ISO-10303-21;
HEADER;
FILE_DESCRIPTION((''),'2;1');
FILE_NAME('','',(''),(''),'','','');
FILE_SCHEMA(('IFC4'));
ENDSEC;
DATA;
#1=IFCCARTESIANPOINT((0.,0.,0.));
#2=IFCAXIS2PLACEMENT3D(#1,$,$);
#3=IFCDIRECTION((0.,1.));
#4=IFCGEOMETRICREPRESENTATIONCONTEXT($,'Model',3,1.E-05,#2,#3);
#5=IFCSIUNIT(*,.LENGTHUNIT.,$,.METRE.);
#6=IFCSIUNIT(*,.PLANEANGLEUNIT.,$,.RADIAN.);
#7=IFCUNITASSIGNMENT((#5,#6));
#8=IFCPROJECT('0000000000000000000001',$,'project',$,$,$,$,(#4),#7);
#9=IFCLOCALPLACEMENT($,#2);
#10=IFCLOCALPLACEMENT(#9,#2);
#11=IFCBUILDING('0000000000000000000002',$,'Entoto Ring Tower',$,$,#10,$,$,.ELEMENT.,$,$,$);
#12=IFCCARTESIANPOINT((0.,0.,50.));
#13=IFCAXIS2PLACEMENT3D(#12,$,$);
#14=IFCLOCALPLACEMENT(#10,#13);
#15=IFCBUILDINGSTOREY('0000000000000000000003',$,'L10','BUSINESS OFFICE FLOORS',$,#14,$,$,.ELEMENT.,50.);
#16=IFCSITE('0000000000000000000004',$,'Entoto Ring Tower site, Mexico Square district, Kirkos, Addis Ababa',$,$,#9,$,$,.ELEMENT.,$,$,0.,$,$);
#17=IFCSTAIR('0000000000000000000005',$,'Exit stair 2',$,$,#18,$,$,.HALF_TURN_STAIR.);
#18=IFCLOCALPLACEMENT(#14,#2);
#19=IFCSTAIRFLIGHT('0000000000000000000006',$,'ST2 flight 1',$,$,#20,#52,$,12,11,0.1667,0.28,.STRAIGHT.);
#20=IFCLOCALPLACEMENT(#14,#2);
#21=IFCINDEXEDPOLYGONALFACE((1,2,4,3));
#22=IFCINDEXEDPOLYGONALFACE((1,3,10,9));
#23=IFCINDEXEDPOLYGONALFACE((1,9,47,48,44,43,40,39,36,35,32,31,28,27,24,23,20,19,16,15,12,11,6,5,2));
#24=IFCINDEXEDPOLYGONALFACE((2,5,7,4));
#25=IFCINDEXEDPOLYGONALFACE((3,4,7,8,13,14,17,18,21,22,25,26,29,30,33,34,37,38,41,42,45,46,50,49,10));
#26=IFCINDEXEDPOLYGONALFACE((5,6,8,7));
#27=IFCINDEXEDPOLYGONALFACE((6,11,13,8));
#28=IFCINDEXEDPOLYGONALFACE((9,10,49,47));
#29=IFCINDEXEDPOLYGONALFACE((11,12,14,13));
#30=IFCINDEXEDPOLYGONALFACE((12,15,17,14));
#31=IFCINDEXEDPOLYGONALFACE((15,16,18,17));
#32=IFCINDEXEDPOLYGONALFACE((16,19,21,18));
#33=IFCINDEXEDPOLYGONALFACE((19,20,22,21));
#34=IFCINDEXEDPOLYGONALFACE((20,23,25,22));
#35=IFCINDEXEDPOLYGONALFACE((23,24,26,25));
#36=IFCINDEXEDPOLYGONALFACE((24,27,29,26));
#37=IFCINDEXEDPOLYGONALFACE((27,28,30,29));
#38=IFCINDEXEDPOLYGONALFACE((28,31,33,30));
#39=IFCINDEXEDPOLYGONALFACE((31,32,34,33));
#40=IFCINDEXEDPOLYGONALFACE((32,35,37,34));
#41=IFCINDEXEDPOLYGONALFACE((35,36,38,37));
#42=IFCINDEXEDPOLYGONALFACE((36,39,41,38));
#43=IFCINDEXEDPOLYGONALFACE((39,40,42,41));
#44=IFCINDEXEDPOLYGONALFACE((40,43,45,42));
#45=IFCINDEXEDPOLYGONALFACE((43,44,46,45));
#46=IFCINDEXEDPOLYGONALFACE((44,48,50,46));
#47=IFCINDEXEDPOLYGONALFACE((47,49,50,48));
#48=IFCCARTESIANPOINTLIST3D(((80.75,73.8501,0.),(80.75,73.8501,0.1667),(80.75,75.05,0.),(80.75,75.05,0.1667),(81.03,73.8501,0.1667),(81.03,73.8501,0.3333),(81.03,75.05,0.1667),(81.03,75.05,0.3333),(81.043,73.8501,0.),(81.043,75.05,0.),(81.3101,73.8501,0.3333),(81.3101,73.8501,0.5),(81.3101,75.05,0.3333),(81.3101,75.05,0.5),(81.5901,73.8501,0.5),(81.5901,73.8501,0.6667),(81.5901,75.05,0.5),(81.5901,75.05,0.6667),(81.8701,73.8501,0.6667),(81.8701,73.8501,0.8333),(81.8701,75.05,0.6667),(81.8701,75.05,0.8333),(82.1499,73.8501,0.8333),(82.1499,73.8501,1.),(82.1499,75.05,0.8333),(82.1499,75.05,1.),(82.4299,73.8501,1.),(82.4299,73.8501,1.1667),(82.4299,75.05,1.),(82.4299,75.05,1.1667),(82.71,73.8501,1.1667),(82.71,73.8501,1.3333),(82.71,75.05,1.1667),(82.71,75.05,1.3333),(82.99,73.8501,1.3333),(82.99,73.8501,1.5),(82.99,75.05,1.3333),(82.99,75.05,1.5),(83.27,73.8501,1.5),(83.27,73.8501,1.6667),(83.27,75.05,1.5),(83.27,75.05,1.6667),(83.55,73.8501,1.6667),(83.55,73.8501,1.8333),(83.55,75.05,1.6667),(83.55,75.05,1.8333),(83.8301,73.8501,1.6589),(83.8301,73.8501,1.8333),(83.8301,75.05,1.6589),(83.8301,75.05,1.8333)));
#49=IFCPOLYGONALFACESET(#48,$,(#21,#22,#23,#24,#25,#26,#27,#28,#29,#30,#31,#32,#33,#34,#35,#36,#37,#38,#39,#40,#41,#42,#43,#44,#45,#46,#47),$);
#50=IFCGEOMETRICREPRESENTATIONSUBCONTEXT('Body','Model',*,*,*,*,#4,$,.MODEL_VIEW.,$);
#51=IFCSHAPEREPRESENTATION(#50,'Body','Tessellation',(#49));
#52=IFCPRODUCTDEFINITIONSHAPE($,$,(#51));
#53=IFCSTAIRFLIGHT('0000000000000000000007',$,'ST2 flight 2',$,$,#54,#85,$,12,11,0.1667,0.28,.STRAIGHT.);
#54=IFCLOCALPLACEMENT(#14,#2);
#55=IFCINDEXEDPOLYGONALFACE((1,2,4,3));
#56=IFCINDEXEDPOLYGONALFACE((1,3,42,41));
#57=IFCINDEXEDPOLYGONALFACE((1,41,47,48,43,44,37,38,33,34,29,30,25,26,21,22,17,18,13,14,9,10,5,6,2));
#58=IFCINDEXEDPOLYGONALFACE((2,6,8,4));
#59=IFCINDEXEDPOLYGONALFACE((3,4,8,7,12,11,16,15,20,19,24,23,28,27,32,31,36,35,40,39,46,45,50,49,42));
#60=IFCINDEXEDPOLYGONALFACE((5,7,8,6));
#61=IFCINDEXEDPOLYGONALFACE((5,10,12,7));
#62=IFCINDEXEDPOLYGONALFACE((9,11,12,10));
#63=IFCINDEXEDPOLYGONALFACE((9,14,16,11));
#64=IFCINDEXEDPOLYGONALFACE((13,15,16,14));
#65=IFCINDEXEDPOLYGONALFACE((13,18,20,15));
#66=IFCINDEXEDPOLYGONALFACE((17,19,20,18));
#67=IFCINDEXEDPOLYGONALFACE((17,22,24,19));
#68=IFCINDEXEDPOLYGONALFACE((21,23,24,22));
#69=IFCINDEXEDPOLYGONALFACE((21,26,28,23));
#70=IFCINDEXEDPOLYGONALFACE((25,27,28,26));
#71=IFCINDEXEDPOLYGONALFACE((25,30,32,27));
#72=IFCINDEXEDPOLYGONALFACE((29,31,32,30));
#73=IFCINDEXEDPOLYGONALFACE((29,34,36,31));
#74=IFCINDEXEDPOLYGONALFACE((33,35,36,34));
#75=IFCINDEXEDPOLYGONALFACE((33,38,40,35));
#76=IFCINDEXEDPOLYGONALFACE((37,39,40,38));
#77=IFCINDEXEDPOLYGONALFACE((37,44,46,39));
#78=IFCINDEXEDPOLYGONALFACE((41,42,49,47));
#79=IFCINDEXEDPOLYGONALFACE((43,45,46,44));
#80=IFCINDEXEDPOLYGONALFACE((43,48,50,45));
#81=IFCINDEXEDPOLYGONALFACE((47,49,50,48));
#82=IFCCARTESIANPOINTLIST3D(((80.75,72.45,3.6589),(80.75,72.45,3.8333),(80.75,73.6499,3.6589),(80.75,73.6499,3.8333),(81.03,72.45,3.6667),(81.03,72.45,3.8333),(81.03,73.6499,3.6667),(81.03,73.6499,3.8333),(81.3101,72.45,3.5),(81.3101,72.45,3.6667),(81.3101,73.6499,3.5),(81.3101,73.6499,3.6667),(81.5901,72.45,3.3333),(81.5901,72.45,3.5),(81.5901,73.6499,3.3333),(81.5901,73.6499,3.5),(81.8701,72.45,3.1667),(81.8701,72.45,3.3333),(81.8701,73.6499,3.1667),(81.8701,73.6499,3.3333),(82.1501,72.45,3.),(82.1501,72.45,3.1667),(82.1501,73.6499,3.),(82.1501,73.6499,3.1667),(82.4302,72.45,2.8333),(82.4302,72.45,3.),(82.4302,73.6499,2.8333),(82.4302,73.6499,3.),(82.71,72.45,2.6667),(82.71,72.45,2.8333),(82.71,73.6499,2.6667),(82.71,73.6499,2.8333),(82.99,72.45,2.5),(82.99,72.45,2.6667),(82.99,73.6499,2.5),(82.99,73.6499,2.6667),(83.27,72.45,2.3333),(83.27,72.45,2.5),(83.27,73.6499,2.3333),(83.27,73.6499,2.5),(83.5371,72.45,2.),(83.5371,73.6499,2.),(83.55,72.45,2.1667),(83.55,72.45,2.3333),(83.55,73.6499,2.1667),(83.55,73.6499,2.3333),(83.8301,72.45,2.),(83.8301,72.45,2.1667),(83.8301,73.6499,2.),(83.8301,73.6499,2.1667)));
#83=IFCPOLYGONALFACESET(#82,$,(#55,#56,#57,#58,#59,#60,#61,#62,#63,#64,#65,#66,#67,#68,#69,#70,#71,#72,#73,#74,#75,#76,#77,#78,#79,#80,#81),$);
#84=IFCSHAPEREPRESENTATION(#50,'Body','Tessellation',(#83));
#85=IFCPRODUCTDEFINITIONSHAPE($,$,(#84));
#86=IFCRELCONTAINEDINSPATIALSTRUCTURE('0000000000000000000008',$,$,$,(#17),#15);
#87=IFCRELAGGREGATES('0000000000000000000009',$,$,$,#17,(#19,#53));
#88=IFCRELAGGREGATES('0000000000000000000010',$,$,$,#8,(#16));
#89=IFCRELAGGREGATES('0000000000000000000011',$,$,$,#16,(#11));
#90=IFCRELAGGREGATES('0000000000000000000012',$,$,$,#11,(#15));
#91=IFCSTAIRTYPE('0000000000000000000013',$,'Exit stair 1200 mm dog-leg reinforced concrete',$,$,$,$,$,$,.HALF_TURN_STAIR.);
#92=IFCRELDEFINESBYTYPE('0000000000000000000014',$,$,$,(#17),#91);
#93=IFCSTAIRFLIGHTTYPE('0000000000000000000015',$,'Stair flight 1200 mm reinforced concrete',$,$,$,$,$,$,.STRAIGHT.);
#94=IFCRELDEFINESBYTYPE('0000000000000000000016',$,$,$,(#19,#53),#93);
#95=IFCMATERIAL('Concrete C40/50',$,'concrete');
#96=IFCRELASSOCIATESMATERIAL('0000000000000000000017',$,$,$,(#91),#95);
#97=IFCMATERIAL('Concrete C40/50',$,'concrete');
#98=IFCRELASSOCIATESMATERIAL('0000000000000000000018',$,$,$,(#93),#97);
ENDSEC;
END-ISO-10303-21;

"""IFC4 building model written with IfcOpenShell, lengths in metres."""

from ifc_helpers import new_model, si_unit, direction, frame, origin, place, context, subcontext, project, spatial, polyline, outline, extrude, material, type_object, element, aggregate, save


model = new_model("IFC4")

# Units and contexts
model_context = context("Model", 3, precision=1e-05, world=origin(), true_north=direction((0.0, 1.0)))
body_context = subcontext(model_context, "Body", "Model", "MODEL_VIEW")
ifc_project = project(units=[si_unit("LENGTHUNIT", "METRE"), si_unit("PLANEANGLEUNIT", "RADIAN")], contexts=[model_context])

# Site, building, storey
site_placement = place(None, origin())
site = spatial("IfcSite", under=ifc_project, at=site_placement, Name="Entoto Ring Tower site, Mexico Square district, Kirkos, Addis Ababa", CompositionType="ELEMENT", RefElevation=0.0)
building_placement = place(site_placement, origin())
building = spatial("IfcBuilding", under=site, at=building_placement, Name="Entoto Ring Tower", CompositionType="ELEMENT")
storey_placement = place(building_placement, frame((0.0, 0.0, 50.0)))
storey = spatial("IfcBuildingStorey", under=building, at=storey_placement, Name="L10", Description="BUSINESS OFFICE FLOORS", CompositionType="ELEMENT", Elevation=50.0)

# Stair, stair flights
ifc_material_1 = material(Name="Concrete C40/50", Category="concrete")
stair_type = type_object("IfcStairType", Name="Exit stair 1200 mm dog-leg reinforced concrete", PredefinedType="HALF_TURN_STAIR", material=ifc_material_1)
stair_placement = place(storey_placement, origin())
stair = element("IfcStair", 1, at=stair_placement, inside=storey, type_object=stair_type, Name="Exit stair 2", PredefinedType="HALF_TURN_STAIR")
ifc_material_2 = material(Name="Concrete C40/50", Category="concrete")
stair_flight_type = type_object("IfcStairFlightType", Name="Stair flight 1200 mm reinforced concrete", PredefinedType="STRAIGHT", material=ifc_material_2)
stair_flight_1_placement = place(storey_placement, frame((80.75, 74.45, 0.0), z_axis=(0.0, 0.0, 1.0), x_axis=(1.0, 0.0, 0.0)))
stair_flight_1 = element("IfcStairFlight", 2, at=stair_flight_1_placement, type_object=stair_flight_type, Name="ST2 flight 1", NumberOfRisers=12, NumberOfTreads=11, PredefinedType="STRAIGHT", RiserHeight=0.1667, TreadLength=0.28, context=body_context, shape_type="SweptSolid", body=[
    extrude(outline(polyline([(0.0, 0.0), (0.0, 0.1667), (0.28, 0.1667), (0.28, 0.3333), (0.5601, 0.3333), (0.5601, 0.5), (0.8401, 0.5), (0.8401, 0.6667), (1.1201, 0.6667), (1.1201, 0.8333), (1.3999, 0.8333), (1.3999, 1.0), (1.6799, 1.0), (1.6799, 1.1667), (1.96, 1.1667), (1.96, 1.3333), (2.24, 1.3333), (2.24, 1.5), (2.52, 1.5), (2.52, 1.6667), (2.8, 1.6667), (2.8, 1.8333), (3.0801, 1.8333), (3.0801, 2.0), (3.0801, 1.6589), (0.293, 0.0), (0.0, 0.0)])), frame((0.0, 0.6001, 0.0), z_axis=(0.0, -1.0, 0.0), x_axis=(1.0, 0.0, 0.0)), (0.0, 0.0, 1.0), 1.2),
])
stair_flight_2_placement = place(storey_placement, frame((83.8301, 73.05, 2.0), z_axis=(0.0, 0.0, 1.0), x_axis=(-1.0, 0.0, 0.0)))
stair_flight_2 = element("IfcStairFlight", 3, at=stair_flight_2_placement, type_object=stair_flight_type, Name="ST2 flight 2", NumberOfRisers=12, NumberOfTreads=11, PredefinedType="STRAIGHT", RiserHeight=0.1667, TreadLength=0.28, context=body_context, shape_type="SweptSolid", body=[
    extrude(outline(polyline([(0.0, 0.0), (0.0, 0.1667), (0.28, 0.1667), (0.28, 0.3333), (0.5601, 0.3333), (0.5601, 0.5), (0.8401, 0.5), (0.8401, 0.6667), (1.1201, 0.6667), (1.1201, 0.8333), (1.3999, 0.8333), (1.3999, 1.0), (1.6799, 1.0), (1.6799, 1.1667), (1.96, 1.1667), (1.96, 1.3333), (2.24, 1.3333), (2.24, 1.5), (2.52, 1.5), (2.52, 1.6667), (2.8, 1.6667), (2.8, 1.8333), (3.0801, 1.8333), (3.0801, 2.0), (3.0801, 1.6589), (0.293, 0.0), (0.0, 0.0)])), frame((0.0, 0.6001, 0.0), z_axis=(0.0, -1.0, 0.0), x_axis=(1.0, 0.0, 0.0)), (0.0, 0.0, 1.0), 1.2),
])
aggregate(stair, [stair_flight_1, stair_flight_2])

save(model, "model.ifc")
